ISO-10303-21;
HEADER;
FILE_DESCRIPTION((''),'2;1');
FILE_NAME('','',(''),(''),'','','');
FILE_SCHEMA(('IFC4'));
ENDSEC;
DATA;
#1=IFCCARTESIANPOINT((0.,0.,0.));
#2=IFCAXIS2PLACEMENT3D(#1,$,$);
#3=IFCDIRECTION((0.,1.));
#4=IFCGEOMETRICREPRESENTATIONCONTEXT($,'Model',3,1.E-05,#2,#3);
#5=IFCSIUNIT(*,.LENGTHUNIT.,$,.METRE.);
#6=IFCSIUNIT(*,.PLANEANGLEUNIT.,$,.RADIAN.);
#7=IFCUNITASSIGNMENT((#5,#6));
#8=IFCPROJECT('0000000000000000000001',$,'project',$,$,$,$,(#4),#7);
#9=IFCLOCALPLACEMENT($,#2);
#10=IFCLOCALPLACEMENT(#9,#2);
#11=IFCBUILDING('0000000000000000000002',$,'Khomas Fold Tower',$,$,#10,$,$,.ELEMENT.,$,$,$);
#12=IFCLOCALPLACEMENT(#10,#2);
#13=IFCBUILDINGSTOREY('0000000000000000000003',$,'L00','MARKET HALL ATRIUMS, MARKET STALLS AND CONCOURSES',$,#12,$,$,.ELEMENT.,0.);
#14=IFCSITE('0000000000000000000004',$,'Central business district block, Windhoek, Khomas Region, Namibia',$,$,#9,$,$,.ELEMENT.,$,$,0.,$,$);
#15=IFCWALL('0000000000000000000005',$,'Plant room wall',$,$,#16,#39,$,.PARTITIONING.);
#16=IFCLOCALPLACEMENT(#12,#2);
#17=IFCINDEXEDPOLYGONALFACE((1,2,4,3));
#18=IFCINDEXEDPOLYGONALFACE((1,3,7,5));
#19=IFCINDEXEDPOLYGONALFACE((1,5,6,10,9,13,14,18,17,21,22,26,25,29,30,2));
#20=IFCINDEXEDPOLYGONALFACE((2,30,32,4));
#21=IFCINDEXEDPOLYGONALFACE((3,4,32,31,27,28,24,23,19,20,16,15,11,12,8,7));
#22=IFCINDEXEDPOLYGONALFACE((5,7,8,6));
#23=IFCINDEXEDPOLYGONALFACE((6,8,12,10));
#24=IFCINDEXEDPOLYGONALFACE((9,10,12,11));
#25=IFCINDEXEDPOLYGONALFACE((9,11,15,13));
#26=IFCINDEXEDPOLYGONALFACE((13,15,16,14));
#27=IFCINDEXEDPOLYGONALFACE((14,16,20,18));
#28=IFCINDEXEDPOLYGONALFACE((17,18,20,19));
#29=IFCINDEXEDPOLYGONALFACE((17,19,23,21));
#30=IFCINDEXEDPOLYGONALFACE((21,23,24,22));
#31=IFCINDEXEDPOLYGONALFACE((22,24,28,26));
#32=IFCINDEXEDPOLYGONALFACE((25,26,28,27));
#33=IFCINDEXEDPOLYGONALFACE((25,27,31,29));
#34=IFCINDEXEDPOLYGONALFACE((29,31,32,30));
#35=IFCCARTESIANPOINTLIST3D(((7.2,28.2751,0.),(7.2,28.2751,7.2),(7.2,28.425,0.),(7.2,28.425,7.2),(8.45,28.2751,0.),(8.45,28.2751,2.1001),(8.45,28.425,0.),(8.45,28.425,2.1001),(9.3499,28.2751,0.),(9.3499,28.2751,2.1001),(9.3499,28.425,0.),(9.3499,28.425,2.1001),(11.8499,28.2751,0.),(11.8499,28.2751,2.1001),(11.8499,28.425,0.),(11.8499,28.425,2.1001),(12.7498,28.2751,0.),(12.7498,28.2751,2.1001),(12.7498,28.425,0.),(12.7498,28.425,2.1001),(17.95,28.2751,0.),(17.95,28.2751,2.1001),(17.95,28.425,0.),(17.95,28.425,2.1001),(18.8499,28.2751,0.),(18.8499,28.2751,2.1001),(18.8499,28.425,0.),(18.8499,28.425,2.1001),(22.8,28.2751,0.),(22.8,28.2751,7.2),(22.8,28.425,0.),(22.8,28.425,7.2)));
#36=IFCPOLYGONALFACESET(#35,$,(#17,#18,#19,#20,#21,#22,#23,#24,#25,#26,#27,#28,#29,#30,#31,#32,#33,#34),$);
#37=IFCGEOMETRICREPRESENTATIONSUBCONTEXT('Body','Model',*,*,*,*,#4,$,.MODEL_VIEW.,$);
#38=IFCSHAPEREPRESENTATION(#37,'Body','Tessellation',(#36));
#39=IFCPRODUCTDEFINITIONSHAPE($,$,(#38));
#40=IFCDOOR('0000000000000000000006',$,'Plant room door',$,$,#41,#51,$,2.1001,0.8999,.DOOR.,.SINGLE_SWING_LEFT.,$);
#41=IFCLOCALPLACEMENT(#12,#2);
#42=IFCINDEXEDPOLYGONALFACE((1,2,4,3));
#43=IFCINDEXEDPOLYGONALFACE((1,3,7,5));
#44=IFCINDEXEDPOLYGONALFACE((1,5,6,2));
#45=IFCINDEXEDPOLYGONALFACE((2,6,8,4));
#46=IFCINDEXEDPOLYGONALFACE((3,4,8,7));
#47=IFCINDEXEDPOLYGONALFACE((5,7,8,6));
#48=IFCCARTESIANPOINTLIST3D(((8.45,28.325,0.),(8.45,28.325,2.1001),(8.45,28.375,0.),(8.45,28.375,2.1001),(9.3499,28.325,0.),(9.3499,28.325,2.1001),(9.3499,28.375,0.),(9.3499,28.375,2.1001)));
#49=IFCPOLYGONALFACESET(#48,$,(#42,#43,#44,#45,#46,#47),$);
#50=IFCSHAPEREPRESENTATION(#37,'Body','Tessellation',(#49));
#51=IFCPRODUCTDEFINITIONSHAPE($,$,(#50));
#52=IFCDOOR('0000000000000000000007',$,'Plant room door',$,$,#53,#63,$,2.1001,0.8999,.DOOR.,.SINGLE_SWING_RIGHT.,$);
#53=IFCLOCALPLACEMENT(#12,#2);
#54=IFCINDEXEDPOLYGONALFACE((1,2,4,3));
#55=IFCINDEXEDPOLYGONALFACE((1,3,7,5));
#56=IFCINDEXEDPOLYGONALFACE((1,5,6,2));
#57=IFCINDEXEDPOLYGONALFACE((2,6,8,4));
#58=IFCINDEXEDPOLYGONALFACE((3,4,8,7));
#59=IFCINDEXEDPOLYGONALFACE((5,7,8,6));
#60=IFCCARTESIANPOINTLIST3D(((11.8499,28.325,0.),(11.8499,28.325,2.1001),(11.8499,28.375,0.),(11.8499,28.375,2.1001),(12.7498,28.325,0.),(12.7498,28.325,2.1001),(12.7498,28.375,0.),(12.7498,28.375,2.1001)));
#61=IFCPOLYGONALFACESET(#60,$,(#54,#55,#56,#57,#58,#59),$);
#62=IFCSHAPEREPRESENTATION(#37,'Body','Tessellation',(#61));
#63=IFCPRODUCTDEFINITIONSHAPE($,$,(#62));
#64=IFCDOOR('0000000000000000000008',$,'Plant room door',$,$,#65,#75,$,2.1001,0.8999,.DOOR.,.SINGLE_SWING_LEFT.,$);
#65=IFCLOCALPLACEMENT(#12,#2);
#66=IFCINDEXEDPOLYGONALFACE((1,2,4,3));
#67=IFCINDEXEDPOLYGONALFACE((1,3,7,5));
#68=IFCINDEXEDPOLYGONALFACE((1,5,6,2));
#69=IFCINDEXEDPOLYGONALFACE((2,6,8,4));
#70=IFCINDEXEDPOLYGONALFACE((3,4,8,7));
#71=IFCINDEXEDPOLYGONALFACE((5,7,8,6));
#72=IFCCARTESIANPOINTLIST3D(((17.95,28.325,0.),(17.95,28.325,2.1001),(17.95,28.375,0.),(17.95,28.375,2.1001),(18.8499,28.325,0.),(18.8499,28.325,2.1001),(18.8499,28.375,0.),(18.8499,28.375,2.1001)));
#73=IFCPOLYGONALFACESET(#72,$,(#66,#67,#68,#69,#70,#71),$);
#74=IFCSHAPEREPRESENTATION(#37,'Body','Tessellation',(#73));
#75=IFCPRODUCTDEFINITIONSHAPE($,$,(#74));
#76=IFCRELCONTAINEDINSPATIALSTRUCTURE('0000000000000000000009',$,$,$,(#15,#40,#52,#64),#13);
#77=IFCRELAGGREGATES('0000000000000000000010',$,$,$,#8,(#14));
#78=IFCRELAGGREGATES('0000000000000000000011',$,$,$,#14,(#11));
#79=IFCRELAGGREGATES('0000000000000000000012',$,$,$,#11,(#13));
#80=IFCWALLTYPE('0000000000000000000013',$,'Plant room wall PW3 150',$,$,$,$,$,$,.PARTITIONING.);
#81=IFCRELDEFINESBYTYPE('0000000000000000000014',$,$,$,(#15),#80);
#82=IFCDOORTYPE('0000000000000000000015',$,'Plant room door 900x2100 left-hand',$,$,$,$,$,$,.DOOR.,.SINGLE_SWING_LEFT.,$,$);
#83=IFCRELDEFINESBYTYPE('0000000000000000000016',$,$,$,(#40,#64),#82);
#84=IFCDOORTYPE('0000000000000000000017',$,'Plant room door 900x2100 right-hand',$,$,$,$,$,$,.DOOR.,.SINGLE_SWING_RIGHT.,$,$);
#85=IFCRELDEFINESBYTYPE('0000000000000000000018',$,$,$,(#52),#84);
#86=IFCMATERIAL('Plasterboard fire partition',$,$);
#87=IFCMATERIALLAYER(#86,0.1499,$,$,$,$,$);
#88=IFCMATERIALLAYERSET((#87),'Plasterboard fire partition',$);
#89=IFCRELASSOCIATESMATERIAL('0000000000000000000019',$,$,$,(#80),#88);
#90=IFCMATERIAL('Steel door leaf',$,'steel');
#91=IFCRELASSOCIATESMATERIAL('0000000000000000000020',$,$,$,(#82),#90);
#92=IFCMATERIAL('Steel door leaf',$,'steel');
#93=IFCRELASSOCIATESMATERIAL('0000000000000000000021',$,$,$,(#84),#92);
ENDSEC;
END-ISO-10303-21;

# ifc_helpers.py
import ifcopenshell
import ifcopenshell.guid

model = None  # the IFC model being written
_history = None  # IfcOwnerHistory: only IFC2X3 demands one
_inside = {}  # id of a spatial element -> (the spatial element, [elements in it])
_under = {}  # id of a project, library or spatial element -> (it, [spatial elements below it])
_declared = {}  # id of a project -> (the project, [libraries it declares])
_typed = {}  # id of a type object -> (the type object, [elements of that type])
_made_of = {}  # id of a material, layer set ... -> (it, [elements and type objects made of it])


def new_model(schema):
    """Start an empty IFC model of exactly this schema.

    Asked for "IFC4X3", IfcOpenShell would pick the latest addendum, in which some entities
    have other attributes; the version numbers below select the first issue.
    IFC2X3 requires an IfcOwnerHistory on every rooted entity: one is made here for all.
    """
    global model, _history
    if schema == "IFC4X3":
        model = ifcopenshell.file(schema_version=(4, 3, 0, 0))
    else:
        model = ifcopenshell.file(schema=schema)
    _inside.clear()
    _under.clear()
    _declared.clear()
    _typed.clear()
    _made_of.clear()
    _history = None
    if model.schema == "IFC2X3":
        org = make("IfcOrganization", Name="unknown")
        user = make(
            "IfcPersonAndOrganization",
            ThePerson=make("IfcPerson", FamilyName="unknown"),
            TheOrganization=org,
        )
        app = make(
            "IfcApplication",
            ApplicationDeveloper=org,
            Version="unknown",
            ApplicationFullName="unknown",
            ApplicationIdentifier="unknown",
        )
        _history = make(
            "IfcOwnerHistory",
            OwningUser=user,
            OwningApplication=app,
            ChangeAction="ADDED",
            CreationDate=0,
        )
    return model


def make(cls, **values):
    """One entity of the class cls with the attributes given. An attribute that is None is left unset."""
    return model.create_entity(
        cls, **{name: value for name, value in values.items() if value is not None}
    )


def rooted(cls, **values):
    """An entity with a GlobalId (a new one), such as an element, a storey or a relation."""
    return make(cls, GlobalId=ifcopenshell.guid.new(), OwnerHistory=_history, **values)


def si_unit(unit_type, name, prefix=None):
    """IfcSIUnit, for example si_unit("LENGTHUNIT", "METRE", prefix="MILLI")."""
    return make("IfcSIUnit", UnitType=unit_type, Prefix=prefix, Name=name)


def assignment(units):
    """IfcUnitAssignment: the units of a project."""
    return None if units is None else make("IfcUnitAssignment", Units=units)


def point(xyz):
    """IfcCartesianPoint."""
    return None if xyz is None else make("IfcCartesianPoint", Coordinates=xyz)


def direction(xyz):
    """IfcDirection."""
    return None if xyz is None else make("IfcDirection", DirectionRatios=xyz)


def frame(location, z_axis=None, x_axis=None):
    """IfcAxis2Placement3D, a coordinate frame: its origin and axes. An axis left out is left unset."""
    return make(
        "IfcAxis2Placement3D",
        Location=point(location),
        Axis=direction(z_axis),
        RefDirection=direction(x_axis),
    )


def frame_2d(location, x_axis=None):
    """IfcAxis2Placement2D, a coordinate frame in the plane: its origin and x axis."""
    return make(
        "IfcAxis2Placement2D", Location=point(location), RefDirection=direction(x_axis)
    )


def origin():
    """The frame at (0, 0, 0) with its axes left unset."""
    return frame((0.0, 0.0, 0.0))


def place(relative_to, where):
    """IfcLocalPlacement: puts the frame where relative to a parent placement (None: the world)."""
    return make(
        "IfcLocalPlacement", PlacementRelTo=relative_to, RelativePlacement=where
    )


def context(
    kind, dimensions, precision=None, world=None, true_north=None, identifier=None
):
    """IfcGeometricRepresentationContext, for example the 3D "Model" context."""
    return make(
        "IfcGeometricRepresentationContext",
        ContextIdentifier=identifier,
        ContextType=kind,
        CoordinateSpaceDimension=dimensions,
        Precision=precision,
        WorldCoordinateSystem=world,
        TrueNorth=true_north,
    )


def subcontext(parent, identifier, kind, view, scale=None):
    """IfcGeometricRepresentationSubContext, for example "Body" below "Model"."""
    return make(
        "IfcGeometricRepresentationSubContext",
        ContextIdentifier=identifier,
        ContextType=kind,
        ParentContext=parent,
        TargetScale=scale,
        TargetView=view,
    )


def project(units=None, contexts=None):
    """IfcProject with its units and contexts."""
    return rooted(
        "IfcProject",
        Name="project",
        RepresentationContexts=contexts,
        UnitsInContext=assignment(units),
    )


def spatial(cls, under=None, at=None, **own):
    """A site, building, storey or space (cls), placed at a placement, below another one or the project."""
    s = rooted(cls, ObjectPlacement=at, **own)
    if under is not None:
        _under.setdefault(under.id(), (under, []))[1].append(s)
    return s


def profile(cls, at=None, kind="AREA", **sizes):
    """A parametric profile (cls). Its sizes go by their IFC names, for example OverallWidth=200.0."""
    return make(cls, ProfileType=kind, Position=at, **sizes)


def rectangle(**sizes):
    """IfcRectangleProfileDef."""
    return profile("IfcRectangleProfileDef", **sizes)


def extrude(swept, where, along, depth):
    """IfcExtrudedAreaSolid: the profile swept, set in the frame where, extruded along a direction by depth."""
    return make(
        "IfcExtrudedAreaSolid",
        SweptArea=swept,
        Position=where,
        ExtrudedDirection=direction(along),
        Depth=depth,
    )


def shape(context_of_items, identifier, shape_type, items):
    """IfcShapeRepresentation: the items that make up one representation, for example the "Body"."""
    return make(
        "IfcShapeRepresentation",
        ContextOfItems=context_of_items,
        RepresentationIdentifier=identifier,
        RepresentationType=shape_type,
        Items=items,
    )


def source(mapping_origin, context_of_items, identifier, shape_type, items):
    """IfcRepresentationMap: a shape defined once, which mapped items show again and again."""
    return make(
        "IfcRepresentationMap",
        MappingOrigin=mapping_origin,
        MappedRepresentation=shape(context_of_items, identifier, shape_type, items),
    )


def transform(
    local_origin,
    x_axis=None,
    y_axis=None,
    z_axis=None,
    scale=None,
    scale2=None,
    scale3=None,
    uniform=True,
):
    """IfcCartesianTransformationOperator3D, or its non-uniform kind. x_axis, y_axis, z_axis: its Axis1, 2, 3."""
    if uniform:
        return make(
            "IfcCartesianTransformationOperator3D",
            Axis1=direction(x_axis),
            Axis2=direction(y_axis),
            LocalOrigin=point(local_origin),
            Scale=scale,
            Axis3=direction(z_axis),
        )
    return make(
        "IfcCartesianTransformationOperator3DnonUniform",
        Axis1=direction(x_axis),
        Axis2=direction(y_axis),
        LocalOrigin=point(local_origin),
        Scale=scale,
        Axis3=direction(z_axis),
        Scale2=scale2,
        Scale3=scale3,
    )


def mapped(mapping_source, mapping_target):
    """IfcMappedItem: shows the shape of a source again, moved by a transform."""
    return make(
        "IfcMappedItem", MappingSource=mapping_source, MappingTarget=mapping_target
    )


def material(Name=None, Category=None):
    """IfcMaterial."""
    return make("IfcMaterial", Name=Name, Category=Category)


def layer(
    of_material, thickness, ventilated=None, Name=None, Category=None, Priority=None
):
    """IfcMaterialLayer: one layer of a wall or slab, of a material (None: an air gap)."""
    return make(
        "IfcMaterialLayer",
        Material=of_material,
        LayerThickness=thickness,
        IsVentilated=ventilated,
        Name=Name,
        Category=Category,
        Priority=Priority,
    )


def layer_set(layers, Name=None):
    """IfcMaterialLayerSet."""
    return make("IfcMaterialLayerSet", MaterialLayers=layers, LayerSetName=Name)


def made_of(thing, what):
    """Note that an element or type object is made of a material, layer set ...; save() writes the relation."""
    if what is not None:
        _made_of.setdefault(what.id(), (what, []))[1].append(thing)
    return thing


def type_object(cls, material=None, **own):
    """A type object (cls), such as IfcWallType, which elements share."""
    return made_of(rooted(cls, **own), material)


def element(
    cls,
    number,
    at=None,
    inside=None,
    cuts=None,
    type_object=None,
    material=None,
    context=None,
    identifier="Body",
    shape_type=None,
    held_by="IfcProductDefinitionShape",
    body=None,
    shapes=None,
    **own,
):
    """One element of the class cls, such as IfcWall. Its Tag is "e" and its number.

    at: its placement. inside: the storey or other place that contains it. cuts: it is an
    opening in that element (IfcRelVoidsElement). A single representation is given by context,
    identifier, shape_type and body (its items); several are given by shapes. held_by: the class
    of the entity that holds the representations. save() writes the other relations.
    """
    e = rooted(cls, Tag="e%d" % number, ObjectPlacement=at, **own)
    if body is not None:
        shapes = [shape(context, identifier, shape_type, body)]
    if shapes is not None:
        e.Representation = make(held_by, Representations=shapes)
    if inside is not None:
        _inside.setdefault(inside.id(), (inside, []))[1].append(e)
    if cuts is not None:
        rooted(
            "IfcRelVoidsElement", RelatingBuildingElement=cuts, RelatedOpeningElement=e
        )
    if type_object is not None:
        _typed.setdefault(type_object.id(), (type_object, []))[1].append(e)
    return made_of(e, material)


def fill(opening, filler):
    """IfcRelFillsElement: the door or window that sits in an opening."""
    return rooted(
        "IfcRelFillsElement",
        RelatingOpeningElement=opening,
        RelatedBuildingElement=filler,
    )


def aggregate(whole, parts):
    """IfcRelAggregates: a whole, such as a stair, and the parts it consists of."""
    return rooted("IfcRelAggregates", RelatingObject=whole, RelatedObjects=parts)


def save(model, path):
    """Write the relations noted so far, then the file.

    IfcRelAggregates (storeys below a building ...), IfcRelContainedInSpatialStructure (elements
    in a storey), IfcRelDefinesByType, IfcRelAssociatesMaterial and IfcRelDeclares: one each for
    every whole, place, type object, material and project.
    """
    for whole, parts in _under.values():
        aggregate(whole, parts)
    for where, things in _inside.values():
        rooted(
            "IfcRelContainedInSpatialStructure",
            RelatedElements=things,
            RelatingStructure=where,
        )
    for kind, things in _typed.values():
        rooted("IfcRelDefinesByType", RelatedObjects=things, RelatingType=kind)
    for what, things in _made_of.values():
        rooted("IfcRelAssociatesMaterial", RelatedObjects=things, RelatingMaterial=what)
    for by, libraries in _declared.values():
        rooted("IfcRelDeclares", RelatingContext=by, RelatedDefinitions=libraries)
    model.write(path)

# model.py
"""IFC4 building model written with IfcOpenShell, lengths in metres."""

from ifc_helpers import new_model, si_unit, direction, frame, frame_2d, origin, place, context, subcontext, project, spatial, rectangle, extrude, source, transform, mapped, material, layer, layer_set, type_object, element, fill, save


model = new_model("IFC4")

# Units and contexts
model_context = context("Model", 3, precision=1e-05, world=origin(), true_north=direction((0.0, 1.0)))
body_context = subcontext(model_context, "Body", "Model", "MODEL_VIEW")
ifc_project = project(units=[si_unit("LENGTHUNIT", "METRE"), si_unit("PLANEANGLEUNIT", "RADIAN")], contexts=[model_context])

# Site, building, storey
site_placement = place(None, origin())
site = spatial("IfcSite", under=ifc_project, at=site_placement, Name="Central business district block, Windhoek, Khomas Region, Namibia", CompositionType="ELEMENT", RefElevation=0.0)
building_placement = place(site_placement, origin())
building = spatial("IfcBuilding", under=site, at=building_placement, Name="Khomas Fold Tower", CompositionType="ELEMENT")
storey_placement = place(building_placement, origin())
storey = spatial("IfcBuildingStorey", under=building, at=storey_placement, Name="L00", Description="MARKET HALL ATRIUMS, MARKET STALLS AND CONCOURSES", CompositionType="ELEMENT", Elevation=0.0)

# Wall, openings, doors
shared_shape_1 = source(origin(), body_context, "Body", "SweptSolid", [
    extrude(rectangle(XDim=0.8999, YDim=2.1001, at=frame_2d((0.45, 1.05))), frame((0.0, 0.0249, 0.0), z_axis=(0.0, -1.0, 0.0), x_axis=(1.0, 0.0, 0.0)), (0.0, 0.0, 1.0), 0.05),
])
ifc_material_1 = material(Name="Plasterboard fire partition")
ifc_layer_1 = layer(ifc_material_1, 0.1499)
ifc_layer_set_1 = layer_set([ifc_layer_1], Name="Plasterboard fire partition")
wall_type_1 = type_object("IfcWallType", Name="Plant room wall PW3 150", PredefinedType="PARTITIONING", material=ifc_layer_set_1)
shared_shape_2 = source(origin(), body_context, "Body", "SweptSolid", [
    extrude(rectangle(XDim=15.6001, YDim=0.1499, at=frame_2d((7.8, 0.0))), origin(), (0.0, 0.0, 1.0), 7.2),
])
wall_1_placement = place(storey_placement, frame((7.2, 28.3501, 0.0), z_axis=(0.0, 0.0, 1.0), x_axis=(1.0, 0.0, 0.0)))
wall_1 = element("IfcWall", 1, at=wall_1_placement, inside=storey, type_object=wall_type_1, Name="Plant room wall", PredefinedType="PARTITIONING", context=body_context, shape_type="MappedRepresentation", body=[
    mapped(shared_shape_2, transform((0.0, 0.0, 0.0))),
])
shared_shape_3 = source(origin(), body_context, "Body", "SweptSolid", [
    extrude(rectangle(XDim=0.8999, YDim=2.1001, at=frame_2d((0.45, 1.05))), frame((0.0, 0.085, 0.0), z_axis=(0.0, -1.0, 0.0), x_axis=(1.0, 0.0, 0.0)), (0.0, 0.0, 1.0), 0.1699),
])
opening_1_placement = place(wall_1_placement, frame((1.25, 0.0, 0.0)))
opening_1 = element("IfcOpeningElement", 2, at=opening_1_placement, cuts=wall_1, PredefinedType="OPENING", context=body_context, shape_type="MappedRepresentation", body=[
    mapped(shared_shape_3, transform((0.0, 0.0, 0.0))),
])
opening_2_placement = place(wall_1_placement, frame((4.6499, 0.0, 0.0)))
opening_2 = element("IfcOpeningElement", 3, at=opening_2_placement, cuts=wall_1, PredefinedType="OPENING", context=body_context, shape_type="MappedRepresentation", body=[
    mapped(shared_shape_3, transform((0.0, 0.0, 0.0))),
])
opening_3_placement = place(wall_1_placement, frame((10.75, 0.0, 0.0)))
opening_3 = element("IfcOpeningElement", 4, at=opening_3_placement, cuts=wall_1, PredefinedType="OPENING", context=body_context, shape_type="MappedRepresentation", body=[
    mapped(shared_shape_3, transform((0.0, 0.0, 0.0))),
])
ifc_material_2 = material(Name="Steel door leaf", Category="steel")
door_type_1 = type_object("IfcDoorType", Name="Plant room door 900x2100 left-hand", OperationType="SINGLE_SWING_LEFT", PredefinedType="DOOR", material=ifc_material_2)
door_1_placement = place(opening_1_placement, origin())
door_1 = element("IfcDoor", 5, at=door_1_placement, inside=storey, type_object=door_type_1, Name="Plant room door", OperationType="SINGLE_SWING_LEFT", OverallHeight=2.1001, OverallWidth=0.8999, PredefinedType="DOOR", context=body_context, shape_type="MappedRepresentation", body=[
    mapped(shared_shape_1, transform((0.0, 0.0, 0.0))),
])
fill(opening_1, door_1)
ifc_material_3 = material(Name="Steel door leaf", Category="steel")
door_type_2 = type_object("IfcDoorType", Name="Plant room door 900x2100 right-hand", OperationType="SINGLE_SWING_RIGHT", PredefinedType="DOOR", material=ifc_material_3)
door_2_placement = place(opening_2_placement, origin())
door_2 = element("IfcDoor", 6, at=door_2_placement, inside=storey, type_object=door_type_2, Name="Plant room door", OperationType="SINGLE_SWING_RIGHT", OverallHeight=2.1001, OverallWidth=0.8999, PredefinedType="DOOR", context=body_context, shape_type="MappedRepresentation", body=[
    mapped(shared_shape_1, transform((0.0, 0.0, 0.0))),
])
fill(opening_2, door_2)
door_3_placement = place(opening_3_placement, origin())
door_3 = element("IfcDoor", 7, at=door_3_placement, inside=storey, type_object=door_type_1, Name="Plant room door", OperationType="SINGLE_SWING_LEFT", OverallHeight=2.1001, OverallWidth=0.8999, PredefinedType="DOOR", context=body_context, shape_type="MappedRepresentation", body=[
    mapped(shared_shape_1, transform((0.0, 0.0, 0.0))),
])
fill(opening_3, door_3)

save(model, "model.ifc")
